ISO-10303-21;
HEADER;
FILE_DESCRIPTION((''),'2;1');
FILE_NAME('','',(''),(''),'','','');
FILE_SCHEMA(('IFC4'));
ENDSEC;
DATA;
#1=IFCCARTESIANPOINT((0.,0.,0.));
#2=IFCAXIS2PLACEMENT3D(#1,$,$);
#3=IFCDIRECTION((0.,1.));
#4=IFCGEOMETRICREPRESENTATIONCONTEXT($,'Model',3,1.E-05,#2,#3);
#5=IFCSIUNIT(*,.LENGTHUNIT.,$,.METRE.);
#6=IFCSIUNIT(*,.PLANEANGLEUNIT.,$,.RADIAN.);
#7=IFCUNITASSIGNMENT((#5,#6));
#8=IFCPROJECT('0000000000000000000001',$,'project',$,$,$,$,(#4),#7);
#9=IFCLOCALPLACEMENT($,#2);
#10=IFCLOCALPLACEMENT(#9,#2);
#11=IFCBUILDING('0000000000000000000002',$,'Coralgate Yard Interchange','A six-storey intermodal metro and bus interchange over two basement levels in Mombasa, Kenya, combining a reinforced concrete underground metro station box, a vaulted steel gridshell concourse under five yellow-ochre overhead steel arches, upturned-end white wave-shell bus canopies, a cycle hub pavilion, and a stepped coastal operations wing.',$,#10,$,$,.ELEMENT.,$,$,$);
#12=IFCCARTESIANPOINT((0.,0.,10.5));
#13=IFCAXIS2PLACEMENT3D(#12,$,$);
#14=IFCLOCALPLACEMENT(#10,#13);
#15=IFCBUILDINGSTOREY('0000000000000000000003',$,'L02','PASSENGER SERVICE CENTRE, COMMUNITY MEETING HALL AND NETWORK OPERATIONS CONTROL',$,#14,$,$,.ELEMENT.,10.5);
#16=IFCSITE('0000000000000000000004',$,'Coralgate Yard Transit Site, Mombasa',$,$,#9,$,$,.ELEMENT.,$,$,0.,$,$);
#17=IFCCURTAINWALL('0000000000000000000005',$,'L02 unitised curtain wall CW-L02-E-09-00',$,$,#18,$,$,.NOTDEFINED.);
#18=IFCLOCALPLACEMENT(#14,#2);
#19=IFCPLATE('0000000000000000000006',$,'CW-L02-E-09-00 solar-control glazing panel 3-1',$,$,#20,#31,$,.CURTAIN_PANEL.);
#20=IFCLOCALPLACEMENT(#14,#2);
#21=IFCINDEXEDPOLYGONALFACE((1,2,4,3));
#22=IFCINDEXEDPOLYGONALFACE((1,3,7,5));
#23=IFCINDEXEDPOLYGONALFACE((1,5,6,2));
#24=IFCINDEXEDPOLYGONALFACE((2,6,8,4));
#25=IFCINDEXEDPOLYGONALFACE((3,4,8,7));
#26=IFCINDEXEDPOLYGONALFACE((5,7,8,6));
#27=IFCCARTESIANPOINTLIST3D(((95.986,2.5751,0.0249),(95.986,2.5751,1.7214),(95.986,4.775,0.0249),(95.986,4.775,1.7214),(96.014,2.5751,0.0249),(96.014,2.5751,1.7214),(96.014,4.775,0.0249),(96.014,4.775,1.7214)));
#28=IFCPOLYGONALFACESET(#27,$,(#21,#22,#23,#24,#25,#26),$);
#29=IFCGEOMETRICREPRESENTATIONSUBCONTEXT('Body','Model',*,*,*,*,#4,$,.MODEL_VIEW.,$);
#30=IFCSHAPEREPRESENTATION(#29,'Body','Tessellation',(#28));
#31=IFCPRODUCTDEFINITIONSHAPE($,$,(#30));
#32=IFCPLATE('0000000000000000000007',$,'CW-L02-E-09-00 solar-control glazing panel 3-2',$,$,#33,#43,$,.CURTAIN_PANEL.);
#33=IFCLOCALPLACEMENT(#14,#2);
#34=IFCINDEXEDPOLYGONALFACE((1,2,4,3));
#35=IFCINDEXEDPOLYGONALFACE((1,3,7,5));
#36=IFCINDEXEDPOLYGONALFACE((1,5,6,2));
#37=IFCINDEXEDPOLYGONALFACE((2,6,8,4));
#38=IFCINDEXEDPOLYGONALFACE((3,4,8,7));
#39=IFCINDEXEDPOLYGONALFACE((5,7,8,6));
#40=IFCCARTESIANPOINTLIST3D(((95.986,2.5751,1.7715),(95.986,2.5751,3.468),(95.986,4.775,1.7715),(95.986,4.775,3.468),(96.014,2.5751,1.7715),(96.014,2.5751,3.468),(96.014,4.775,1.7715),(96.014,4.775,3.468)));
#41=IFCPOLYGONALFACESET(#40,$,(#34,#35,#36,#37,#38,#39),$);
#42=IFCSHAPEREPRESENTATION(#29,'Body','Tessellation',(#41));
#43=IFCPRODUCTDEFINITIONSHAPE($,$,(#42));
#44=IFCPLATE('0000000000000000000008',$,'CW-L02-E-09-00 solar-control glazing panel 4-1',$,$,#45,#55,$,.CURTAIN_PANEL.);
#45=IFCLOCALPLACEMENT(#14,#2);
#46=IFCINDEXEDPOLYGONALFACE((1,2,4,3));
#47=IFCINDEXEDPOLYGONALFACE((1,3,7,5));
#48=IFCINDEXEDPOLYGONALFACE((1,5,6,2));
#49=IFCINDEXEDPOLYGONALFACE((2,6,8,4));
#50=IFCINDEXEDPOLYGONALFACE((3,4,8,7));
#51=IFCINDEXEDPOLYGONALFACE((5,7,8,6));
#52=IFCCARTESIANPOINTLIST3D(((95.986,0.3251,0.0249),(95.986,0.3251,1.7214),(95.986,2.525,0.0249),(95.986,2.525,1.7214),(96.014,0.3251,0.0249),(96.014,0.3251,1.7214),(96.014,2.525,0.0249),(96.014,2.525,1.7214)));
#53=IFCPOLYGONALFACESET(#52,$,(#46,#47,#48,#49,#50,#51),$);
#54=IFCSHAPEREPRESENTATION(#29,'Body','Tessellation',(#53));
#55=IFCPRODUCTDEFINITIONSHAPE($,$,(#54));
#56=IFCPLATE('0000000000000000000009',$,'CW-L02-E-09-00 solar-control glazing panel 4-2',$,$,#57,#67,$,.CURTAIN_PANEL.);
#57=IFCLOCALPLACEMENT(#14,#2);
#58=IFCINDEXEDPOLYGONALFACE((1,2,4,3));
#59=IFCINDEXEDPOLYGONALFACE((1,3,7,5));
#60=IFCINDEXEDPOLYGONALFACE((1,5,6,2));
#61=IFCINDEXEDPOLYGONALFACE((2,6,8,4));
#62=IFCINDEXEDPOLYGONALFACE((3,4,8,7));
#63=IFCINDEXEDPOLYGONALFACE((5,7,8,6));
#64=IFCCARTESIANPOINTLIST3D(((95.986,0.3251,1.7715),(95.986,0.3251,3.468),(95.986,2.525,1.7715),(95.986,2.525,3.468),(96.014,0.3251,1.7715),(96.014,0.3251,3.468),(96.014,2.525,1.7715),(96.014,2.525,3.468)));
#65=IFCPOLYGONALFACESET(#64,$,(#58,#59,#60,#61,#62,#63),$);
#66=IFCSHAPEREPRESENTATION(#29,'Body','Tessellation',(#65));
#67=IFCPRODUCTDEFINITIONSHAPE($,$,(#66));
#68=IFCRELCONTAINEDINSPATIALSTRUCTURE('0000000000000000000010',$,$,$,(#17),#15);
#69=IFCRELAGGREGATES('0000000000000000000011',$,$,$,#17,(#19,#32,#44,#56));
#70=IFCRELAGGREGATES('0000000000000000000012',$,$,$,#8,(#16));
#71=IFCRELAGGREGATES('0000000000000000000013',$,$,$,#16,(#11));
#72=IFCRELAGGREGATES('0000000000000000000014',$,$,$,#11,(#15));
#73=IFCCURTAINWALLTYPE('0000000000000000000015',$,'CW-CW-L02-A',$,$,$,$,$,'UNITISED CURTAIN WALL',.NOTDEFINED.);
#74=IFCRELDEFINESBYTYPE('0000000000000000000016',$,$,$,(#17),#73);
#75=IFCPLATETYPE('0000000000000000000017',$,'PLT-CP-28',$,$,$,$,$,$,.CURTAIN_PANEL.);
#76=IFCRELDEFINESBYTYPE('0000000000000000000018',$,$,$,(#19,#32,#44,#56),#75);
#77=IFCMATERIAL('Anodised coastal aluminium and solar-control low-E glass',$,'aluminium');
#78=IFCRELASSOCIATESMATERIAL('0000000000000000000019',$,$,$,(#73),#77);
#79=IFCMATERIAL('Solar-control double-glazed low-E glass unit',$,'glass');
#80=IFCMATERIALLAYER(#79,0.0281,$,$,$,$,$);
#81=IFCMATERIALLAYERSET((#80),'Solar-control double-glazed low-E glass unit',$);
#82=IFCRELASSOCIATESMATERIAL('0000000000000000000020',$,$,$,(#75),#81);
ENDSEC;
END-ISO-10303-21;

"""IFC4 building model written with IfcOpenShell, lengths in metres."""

from ifc_helpers import new_model, si_unit, direction, frame, origin, origin_2d, place, context, subcontext, project, spatial, rectangle, extrude, material, layer, layer_set, type_object, element, aggregate, save


model = new_model("IFC4")

# Units and contexts
model_context = context("Model", 3, precision=1e-05, world=origin(), true_north=direction((0.0, 1.0)))
body_context = subcontext(model_context, "Body", "Model", "MODEL_VIEW")
ifc_project = project(units=[si_unit("LENGTHUNIT", "METRE"), si_unit("PLANEANGLEUNIT", "RADIAN")], contexts=[model_context])

# Site, building, storey
site_placement = place(None, origin())
site = spatial("IfcSite", under=ifc_project, at=site_placement, Name="Coralgate Yard Transit Site, Mombasa", CompositionType="ELEMENT", RefElevation=0.0)
building_placement = place(site_placement, origin())
building = spatial("IfcBuilding", under=site, at=building_placement, Name="Coralgate Yard Interchange", Description="A six-storey intermodal metro and bus interchange over two basement levels in Mombasa, Kenya, combining a reinforced concrete underground metro station box, a vaulted steel gridshell concourse under five yellow-ochre overhead steel arches, upturned-end white wave-shell bus canopies, a cycle hub pavilion, and a stepped coastal operations wing.", CompositionType="ELEMENT")
storey_placement = place(building_placement, frame((0.0, 0.0, 10.5)))
storey = spatial("IfcBuildingStorey", under=building, at=storey_placement, Name="L02", Description="PASSENGER SERVICE CENTRE, COMMUNITY MEETING HALL AND NETWORK OPERATIONS CONTROL", CompositionType="ELEMENT", Elevation=10.5)

# Shared definitions
ifc_material_1 = material(Name="Anodised coastal aluminium and solar-control low-E glass", Category="aluminium")
curtain_wall_type = type_object("IfcCurtainWallType", Name="CW-CW-L02-A", ElementType="UNITISED CURTAIN WALL", PredefinedType="NOTDEFINED", material=ifc_material_1)

# Curtain wall
curtain_wall_1_placement = place(storey_placement, origin())
curtain_wall_1 = element("IfcCurtainWall", 1, at=curtain_wall_1_placement, inside=storey, type_object=curtain_wall_type, Name="L02 unitised curtain wall CW-L02-E-09-00", PredefinedType="NOTDEFINED")

# Plates
ifc_material_2 = material(Name="Solar-control double-glazed low-E glass unit", Category="glass")
ifc_layer = layer(ifc_material_2, 0.0281)
ifc_layer_set = layer_set([ifc_layer], Name="Solar-control double-glazed low-E glass unit")
plate_type = type_object("IfcPlateType", Name="PLT-CP-28", PredefinedType="CURTAIN_PANEL", material=ifc_layer_set)
plate_1_placement = place(storey_placement, frame((96.0, 3.675, 0.0249), z_axis=(0.0, 0.0, 1.0), x_axis=(0.0, -1.0, 0.0)))
plate_1 = element("IfcPlate", 2, at=plate_1_placement, type_object=plate_type, Name="CW-L02-E-09-00 solar-control glazing panel 3-1", PredefinedType="CURTAIN_PANEL", context=body_context, shape_type="SweptSolid", body=[
    extrude(rectangle(XDim=2.2, YDim=0.0281, at=origin_2d()), origin(), (0.0, 0.0, 1.0), 1.6965),
])
plate_2_placement = place(storey_placement, frame((96.0, 3.675, 1.7715), z_axis=(0.0, 0.0, 1.0), x_axis=(0.0, -1.0, 0.0)))
plate_2 = element("IfcPlate", 3, at=plate_2_placement, type_object=plate_type, Name="CW-L02-E-09-00 solar-control glazing panel 3-2", PredefinedType="CURTAIN_PANEL", context=body_context, shape_type="SweptSolid", body=[
    extrude(rectangle(XDim=2.2, YDim=0.0281, at=origin_2d()), origin(), (0.0, 0.0, 1.0), 1.6965),
])
plate_3_placement = place(storey_placement, frame((96.0, 1.425, 0.0249), z_axis=(0.0, 0.0, 1.0), x_axis=(0.0, -1.0, 0.0)))
plate_3 = element("IfcPlate", 4, at=plate_3_placement, type_object=plate_type, Name="CW-L02-E-09-00 solar-control glazing panel 4-1", PredefinedType="CURTAIN_PANEL", context=body_context, shape_type="SweptSolid", body=[
    extrude(rectangle(XDim=2.2, YDim=0.0281, at=origin_2d()), origin(), (0.0, 0.0, 1.0), 1.6965),
])
plate_4_placement = place(storey_placement, frame((96.0, 1.425, 1.7715), z_axis=(0.0, 0.0, 1.0), x_axis=(0.0, -1.0, 0.0)))
plate_4 = element("IfcPlate", 5, at=plate_4_placement, type_object=plate_type, Name="CW-L02-E-09-00 solar-control glazing panel 4-2", PredefinedType="CURTAIN_PANEL", context=body_context, shape_type="SweptSolid", body=[
    extrude(rectangle(XDim=2.2, YDim=0.0281, at=origin_2d()), origin(), (0.0, 0.0, 1.0), 1.6965),
])
aggregate(curtain_wall_1, [plate_1, plate_2, plate_3, plate_4])

save(model, "model.ifc")
